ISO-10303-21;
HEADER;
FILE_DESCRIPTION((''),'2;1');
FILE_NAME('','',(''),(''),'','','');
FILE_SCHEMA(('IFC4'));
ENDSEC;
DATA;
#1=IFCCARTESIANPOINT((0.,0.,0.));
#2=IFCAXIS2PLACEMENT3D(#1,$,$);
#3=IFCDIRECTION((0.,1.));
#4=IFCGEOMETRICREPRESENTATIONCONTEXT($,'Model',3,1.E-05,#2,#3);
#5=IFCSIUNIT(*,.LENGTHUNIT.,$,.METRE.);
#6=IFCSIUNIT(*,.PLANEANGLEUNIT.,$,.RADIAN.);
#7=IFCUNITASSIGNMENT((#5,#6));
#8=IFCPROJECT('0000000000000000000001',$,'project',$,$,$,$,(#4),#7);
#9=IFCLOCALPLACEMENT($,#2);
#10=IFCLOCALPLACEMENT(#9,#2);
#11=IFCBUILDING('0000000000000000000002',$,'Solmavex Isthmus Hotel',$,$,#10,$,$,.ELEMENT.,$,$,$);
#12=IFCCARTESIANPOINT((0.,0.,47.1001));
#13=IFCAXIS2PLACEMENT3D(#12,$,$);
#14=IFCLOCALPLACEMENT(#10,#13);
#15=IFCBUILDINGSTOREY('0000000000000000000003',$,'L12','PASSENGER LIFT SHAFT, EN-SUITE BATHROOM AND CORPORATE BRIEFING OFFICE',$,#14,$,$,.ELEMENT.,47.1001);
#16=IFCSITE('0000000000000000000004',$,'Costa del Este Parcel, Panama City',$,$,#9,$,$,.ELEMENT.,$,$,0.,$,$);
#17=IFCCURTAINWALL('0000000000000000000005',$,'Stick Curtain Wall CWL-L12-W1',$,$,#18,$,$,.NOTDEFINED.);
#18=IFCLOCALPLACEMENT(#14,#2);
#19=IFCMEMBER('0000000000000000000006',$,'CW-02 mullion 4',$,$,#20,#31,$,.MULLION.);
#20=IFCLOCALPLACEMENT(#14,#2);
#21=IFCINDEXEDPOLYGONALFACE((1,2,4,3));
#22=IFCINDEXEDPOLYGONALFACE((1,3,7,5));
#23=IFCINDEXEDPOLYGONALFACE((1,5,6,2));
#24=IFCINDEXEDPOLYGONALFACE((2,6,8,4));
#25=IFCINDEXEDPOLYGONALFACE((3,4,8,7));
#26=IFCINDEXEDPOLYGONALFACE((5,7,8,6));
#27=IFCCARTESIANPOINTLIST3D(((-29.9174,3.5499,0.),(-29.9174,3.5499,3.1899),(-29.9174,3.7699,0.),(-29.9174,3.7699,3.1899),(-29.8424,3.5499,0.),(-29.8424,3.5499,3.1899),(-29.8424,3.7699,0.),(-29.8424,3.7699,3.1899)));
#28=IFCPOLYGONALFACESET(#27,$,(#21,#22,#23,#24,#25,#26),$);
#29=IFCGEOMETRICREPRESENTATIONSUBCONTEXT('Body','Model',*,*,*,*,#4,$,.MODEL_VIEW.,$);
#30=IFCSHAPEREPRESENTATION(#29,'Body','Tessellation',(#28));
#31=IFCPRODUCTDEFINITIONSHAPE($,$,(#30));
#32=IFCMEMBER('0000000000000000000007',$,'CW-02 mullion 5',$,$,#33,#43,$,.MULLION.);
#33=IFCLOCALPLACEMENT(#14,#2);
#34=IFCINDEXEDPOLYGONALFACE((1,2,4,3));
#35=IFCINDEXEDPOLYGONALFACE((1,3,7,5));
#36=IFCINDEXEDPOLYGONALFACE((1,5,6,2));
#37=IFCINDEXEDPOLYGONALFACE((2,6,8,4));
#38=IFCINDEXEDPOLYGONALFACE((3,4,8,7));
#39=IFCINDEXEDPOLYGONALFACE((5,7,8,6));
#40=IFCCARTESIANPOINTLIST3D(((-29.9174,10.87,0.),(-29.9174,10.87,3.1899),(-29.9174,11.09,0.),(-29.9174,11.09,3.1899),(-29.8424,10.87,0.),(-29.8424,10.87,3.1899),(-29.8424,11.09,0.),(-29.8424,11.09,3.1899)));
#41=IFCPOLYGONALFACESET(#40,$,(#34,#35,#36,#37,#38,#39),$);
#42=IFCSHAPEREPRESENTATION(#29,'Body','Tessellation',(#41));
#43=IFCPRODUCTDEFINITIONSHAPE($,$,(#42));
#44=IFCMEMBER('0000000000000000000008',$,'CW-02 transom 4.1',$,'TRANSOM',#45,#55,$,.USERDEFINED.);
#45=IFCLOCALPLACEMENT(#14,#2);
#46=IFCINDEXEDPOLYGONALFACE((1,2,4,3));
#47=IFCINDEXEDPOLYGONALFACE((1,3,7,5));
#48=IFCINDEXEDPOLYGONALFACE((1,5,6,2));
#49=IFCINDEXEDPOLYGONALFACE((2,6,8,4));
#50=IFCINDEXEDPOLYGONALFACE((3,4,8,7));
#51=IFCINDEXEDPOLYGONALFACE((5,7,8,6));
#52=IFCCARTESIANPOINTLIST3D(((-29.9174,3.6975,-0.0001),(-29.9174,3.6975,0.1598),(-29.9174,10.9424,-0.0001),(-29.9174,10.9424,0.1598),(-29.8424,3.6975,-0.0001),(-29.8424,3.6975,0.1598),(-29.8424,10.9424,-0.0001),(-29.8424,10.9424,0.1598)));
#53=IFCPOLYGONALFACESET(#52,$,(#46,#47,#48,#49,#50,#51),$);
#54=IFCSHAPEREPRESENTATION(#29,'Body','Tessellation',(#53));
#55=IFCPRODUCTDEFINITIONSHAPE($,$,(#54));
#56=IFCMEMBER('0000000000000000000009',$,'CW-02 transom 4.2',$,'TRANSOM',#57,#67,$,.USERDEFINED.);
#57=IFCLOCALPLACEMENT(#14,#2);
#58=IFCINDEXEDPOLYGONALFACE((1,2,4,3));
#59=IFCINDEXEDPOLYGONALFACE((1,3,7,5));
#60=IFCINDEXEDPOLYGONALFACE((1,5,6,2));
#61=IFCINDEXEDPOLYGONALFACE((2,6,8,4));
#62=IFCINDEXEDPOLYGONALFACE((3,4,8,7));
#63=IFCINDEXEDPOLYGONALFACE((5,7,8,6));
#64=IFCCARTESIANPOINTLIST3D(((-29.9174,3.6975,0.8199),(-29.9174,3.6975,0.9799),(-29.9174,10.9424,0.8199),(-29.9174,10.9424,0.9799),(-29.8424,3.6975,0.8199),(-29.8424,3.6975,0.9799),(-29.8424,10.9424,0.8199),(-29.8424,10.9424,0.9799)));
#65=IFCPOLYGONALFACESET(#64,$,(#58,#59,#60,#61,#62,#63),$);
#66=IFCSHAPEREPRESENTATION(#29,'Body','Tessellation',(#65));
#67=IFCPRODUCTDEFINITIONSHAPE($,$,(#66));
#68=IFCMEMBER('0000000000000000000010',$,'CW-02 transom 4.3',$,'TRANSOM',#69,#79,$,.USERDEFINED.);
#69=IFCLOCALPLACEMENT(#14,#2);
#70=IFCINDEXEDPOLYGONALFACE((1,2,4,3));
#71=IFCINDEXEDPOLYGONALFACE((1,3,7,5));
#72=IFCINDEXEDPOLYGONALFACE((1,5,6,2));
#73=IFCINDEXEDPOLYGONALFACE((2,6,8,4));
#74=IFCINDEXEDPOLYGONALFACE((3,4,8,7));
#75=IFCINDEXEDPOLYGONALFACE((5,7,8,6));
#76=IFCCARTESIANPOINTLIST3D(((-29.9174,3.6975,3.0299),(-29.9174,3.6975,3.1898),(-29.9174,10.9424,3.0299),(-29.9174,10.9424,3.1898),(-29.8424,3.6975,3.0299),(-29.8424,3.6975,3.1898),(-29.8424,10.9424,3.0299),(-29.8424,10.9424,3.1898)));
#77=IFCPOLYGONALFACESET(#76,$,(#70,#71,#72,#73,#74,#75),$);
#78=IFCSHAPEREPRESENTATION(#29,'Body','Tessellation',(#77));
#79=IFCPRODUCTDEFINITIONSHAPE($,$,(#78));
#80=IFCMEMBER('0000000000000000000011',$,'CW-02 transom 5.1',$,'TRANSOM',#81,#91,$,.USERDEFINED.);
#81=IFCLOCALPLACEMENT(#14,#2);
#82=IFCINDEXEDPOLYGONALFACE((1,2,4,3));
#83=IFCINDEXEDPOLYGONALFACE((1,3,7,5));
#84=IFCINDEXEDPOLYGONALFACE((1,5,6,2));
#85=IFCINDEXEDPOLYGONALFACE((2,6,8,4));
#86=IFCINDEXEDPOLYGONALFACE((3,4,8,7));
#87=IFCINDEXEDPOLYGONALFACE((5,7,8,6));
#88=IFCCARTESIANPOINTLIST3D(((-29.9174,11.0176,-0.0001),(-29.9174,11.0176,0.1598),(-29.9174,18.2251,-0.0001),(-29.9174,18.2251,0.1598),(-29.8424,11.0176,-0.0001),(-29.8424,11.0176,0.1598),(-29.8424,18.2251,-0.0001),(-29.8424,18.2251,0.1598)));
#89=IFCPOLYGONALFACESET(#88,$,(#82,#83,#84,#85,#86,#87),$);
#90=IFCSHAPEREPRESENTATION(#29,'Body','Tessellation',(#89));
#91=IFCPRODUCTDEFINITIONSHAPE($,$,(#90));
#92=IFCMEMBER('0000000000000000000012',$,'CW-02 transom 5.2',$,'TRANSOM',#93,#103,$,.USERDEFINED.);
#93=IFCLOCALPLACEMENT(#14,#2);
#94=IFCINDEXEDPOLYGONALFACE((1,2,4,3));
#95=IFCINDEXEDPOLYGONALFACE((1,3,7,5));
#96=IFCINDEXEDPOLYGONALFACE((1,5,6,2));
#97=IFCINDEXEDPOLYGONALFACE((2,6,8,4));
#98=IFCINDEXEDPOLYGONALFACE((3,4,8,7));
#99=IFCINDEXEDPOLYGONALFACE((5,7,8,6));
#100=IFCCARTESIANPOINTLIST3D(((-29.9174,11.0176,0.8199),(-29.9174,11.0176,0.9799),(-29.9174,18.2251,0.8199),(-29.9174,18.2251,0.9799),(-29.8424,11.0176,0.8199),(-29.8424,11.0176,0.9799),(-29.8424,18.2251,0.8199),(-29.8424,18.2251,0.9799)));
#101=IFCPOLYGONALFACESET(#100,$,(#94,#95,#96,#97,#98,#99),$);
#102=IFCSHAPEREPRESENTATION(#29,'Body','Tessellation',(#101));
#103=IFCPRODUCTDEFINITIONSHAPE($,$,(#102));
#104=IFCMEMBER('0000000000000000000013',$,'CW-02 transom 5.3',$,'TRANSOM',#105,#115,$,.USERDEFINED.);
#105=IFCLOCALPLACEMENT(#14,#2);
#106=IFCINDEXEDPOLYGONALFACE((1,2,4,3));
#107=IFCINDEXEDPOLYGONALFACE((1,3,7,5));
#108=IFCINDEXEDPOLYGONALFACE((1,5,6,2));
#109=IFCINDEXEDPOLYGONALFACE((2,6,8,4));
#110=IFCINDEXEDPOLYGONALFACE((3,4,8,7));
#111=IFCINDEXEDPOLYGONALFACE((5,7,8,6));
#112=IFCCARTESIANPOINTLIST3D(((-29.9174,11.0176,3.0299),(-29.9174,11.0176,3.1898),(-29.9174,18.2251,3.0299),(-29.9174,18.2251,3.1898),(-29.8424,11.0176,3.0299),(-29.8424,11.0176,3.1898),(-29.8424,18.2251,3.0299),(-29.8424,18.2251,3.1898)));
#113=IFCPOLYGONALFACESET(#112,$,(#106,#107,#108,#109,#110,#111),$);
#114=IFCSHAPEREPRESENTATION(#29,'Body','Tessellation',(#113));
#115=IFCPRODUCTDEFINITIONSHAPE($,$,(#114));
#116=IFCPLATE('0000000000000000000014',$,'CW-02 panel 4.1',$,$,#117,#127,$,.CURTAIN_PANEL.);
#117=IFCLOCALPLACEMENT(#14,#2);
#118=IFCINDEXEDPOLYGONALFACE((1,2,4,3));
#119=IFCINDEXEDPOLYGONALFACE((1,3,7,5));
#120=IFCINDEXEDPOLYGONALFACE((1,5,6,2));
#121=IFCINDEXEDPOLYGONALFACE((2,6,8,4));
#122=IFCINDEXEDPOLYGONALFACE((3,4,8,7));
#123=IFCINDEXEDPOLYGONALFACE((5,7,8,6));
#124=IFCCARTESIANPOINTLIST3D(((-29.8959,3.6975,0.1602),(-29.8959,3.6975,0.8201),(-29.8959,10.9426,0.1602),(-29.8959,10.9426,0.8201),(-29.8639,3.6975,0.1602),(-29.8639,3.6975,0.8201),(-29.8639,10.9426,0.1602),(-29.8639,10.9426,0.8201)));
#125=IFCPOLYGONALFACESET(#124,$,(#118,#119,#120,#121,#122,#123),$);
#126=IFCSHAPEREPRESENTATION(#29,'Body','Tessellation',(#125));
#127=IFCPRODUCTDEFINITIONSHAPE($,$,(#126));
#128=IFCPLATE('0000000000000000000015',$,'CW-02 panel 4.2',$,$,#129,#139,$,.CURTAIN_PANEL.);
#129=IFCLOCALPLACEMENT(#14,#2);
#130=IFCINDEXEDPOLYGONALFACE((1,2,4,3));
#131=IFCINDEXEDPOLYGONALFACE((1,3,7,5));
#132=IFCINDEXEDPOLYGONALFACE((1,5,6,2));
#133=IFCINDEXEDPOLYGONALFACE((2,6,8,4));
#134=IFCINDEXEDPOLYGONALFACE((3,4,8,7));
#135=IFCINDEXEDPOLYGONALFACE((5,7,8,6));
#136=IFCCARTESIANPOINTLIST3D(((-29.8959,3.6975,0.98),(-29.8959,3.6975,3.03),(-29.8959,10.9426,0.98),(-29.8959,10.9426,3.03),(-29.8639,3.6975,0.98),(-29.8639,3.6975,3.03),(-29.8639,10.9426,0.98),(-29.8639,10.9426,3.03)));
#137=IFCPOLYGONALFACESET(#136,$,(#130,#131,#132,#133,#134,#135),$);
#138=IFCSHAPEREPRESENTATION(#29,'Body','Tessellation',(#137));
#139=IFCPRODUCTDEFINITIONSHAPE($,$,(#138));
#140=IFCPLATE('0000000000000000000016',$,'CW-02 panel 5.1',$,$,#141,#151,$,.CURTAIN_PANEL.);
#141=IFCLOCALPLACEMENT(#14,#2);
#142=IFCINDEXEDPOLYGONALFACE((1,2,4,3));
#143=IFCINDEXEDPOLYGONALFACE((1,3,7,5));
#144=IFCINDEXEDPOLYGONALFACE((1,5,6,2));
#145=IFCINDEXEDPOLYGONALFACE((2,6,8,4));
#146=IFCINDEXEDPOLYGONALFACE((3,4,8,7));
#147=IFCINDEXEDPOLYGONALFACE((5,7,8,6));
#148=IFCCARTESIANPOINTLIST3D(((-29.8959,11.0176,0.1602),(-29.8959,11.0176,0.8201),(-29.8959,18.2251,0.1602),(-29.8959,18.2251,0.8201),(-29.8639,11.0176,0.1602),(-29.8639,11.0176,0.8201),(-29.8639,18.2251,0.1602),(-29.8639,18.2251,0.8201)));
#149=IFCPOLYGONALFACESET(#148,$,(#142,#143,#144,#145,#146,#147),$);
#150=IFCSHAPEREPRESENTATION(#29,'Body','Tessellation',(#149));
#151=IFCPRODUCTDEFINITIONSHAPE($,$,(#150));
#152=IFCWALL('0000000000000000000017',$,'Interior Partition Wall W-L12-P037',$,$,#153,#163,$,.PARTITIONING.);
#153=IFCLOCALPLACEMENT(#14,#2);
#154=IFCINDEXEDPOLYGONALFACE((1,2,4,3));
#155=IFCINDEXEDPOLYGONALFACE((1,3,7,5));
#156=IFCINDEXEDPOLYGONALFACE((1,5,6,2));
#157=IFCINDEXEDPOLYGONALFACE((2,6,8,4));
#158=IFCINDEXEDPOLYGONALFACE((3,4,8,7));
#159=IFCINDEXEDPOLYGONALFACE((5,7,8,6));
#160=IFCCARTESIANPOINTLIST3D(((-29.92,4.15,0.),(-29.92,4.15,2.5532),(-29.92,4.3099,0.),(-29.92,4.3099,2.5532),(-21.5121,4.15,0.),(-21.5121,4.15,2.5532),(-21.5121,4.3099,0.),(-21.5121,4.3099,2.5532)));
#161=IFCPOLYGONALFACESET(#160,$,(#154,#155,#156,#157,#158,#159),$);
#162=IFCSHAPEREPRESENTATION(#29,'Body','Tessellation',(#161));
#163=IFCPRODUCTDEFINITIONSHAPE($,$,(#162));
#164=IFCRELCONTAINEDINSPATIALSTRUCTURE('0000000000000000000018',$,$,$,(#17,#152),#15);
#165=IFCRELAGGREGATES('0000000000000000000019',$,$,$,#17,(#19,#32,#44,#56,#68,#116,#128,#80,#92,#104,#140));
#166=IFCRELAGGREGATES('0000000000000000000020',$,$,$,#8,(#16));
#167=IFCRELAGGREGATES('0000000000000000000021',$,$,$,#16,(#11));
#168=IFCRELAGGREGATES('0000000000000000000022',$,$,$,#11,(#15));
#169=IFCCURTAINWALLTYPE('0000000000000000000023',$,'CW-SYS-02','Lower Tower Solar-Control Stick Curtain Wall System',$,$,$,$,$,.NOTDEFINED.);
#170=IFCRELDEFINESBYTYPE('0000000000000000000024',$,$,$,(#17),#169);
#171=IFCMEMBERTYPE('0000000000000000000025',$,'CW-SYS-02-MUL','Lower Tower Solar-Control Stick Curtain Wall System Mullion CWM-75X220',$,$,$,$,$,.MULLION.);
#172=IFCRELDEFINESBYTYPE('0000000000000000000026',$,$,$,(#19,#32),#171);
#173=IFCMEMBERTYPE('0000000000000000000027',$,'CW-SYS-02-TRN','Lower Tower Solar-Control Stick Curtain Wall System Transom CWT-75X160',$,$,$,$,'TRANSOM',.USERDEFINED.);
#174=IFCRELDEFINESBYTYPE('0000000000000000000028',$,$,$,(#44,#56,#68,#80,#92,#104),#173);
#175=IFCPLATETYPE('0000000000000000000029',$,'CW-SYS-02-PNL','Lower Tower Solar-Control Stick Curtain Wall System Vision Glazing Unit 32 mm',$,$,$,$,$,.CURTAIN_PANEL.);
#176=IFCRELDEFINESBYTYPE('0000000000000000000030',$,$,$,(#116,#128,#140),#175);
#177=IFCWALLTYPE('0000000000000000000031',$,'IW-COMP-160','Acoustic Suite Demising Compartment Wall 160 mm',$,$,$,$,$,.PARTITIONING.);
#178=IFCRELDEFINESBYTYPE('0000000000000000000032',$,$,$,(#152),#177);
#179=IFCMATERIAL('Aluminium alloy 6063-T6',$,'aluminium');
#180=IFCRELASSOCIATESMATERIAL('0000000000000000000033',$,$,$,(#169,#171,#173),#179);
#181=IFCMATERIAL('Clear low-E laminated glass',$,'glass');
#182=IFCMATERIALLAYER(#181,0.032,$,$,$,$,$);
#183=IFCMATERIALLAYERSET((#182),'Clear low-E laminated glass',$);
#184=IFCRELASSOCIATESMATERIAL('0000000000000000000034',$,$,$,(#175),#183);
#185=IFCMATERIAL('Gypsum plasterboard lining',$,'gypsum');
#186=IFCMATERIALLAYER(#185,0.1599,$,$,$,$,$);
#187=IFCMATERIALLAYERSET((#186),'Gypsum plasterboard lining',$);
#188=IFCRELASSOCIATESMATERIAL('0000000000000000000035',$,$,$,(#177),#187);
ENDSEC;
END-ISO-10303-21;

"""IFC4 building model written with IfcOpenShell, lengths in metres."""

from ifc_helpers import new_model, si_unit, direction, frame, frame_2d, origin, origin_2d, place, context, subcontext, project, spatial, rectangle, extrude, material, layer, layer_set, material_profile, profile_set, type_object, element, aggregate, save


model = new_model("IFC4")

# Units and contexts
model_context = context("Model", 3, precision=1e-05, world=origin(), true_north=direction((0.0, 1.0)))
body_context = subcontext(model_context, "Body", "Model", "MODEL_VIEW")
ifc_project = project(units=[si_unit("LENGTHUNIT", "METRE"), si_unit("PLANEANGLEUNIT", "RADIAN")], contexts=[model_context])

# Site, building, storey
site_placement = place(None, origin())
site = spatial("IfcSite", under=ifc_project, at=site_placement, Name="Costa del Este Parcel, Panama City", CompositionType="ELEMENT", RefElevation=0.0)
building_placement = place(site_placement, origin())
building = spatial("IfcBuilding", under=site, at=building_placement, Name="Solmavex Isthmus Hotel", CompositionType="ELEMENT")
storey_placement = place(building_placement, frame((0.0, 0.0, 47.1001)))
storey = spatial("IfcBuildingStorey", under=building, at=storey_placement, Name="L12", Description="PASSENGER LIFT SHAFT, EN-SUITE BATHROOM AND CORPORATE BRIEFING OFFICE", CompositionType="ELEMENT", Elevation=47.1001)

# Curtain wall, members, plates
ifc_material_1 = material(Name="Aluminium alloy 6063-T6", Category="aluminium")
curtain_wall_type = type_object("IfcCurtainWallType", Name="CW-SYS-02", Description="Lower Tower Solar-Control Stick Curtain Wall System", PredefinedType="NOTDEFINED", material=ifc_material_1)
curtain_wall_placement = place(storey_placement, origin())
curtain_wall = element("IfcCurtainWall", 1, at=curtain_wall_placement, inside=storey, type_object=curtain_wall_type, Name="Stick Curtain Wall CWL-L12-W1", PredefinedType="NOTDEFINED")
ifc_material_profile_1 = material_profile(ifc_material_1, rectangle(XDim=0.075, YDim=0.22, at=origin_2d()), Name="CWM-75X220")
ifc_profile_set_1 = profile_set([ifc_material_profile_1], Name="Aluminium alloy 6063-T6")
member_type_1 = type_object("IfcMemberType", Name="CW-SYS-02-MUL", Description="Lower Tower Solar-Control Stick Curtain Wall System Mullion CWM-75X220", PredefinedType="MULLION", material=ifc_profile_set_1)
member_1_placement = place(storey_placement, frame((-29.8799, 3.6599, 0.0), z_axis=(0.0, 0.0, 1.0), x_axis=(-1.0, 0.0, 0.0)))
member_1 = element("IfcMember", 2, at=member_1_placement, type_object=member_type_1, Name="CW-02 mullion 4", PredefinedType="MULLION", context=body_context, shape_type="SweptSolid", body=[
    extrude(rectangle(XDim=0.075, YDim=0.22, at=origin_2d()), origin(), (0.0, 0.0, 1.0), 3.1899),
])
member_2_placement = place(storey_placement, frame((-29.8799, 10.98, 0.0), z_axis=(0.0, 0.0, 1.0), x_axis=(-1.0, 0.0, 0.0)))
member_2 = element("IfcMember", 3, at=member_2_placement, type_object=member_type_1, Name="CW-02 mullion 5", PredefinedType="MULLION", context=body_context, shape_type="SweptSolid", body=[
    extrude(rectangle(XDim=0.075, YDim=0.22, at=origin_2d()), origin(), (0.0, 0.0, 1.0), 3.1899),
])
ifc_material_profile_2 = material_profile(ifc_material_1, rectangle(XDim=0.075, YDim=0.1599, at=origin_2d()), Name="CWT-75X160")
ifc_profile_set_2 = profile_set([ifc_material_profile_2], Name="Aluminium alloy 6063-T6")
member_type_2 = type_object("IfcMemberType", Name="CW-SYS-02-TRN", Description="Lower Tower Solar-Control Stick Curtain Wall System Transom CWT-75X160", ElementType="TRANSOM", PredefinedType="USERDEFINED", material=ifc_profile_set_2)
member_3_placement = place(storey_placement, frame((-29.8799, 3.6975, 0.0798), z_axis=(0.0, 1.0, 0.0), x_axis=(-1.0, 0.0, 0.0)))
member_3 = element("IfcMember", 4, at=member_3_placement, type_object=member_type_2, Name="CW-02 transom 4.1", ObjectType="TRANSOM", PredefinedType="USERDEFINED", context=body_context, shape_type="SweptSolid", body=[
    extrude(rectangle(XDim=0.075, YDim=0.1599, at=origin_2d()), origin(), (0.0, 0.0, 1.0), 7.2449),
])
member_4_placement = place(storey_placement, frame((-29.8799, 3.6975, 0.8999), z_axis=(0.0, 1.0, 0.0), x_axis=(-1.0, 0.0, 0.0)))
member_4 = element("IfcMember", 5, at=member_4_placement, type_object=member_type_2, Name="CW-02 transom 4.2", ObjectType="TRANSOM", PredefinedType="USERDEFINED", context=body_context, shape_type="SweptSolid", body=[
    extrude(rectangle(XDim=0.075, YDim=0.1599, at=origin_2d()), origin(), (0.0, 0.0, 1.0), 7.2449),
])
member_5_placement = place(storey_placement, frame((-29.8799, 3.6975, 3.1099), z_axis=(0.0, 1.0, 0.0), x_axis=(-1.0, 0.0, 0.0)))
member_5 = element("IfcMember", 6, at=member_5_placement, type_object=member_type_2, Name="CW-02 transom 4.3", ObjectType="TRANSOM", PredefinedType="USERDEFINED", context=body_context, shape_type="SweptSolid", body=[
    extrude(rectangle(XDim=0.075, YDim=0.1599, at=origin_2d()), origin(), (0.0, 0.0, 1.0), 7.2449),
])
member_6_placement = place(storey_placement, frame((-29.8799, 11.0176, 0.0798), z_axis=(0.0, 1.0, 0.0), x_axis=(-1.0, 0.0, 0.0)))
member_6 = element("IfcMember", 7, at=member_6_placement, type_object=member_type_2, Name="CW-02 transom 5.1", ObjectType="TRANSOM", PredefinedType="USERDEFINED", context=body_context, shape_type="SweptSolid", body=[
    extrude(rectangle(XDim=0.075, YDim=0.1599, at=origin_2d()), origin(), (0.0, 0.0, 1.0), 7.2075),
])
member_7_placement = place(storey_placement, frame((-29.8799, 11.0176, 0.8999), z_axis=(0.0, 1.0, 0.0), x_axis=(-1.0, 0.0, 0.0)))
member_7 = element("IfcMember", 8, at=member_7_placement, type_object=member_type_2, Name="CW-02 transom 5.2", ObjectType="TRANSOM", PredefinedType="USERDEFINED", context=body_context, shape_type="SweptSolid", body=[
    extrude(rectangle(XDim=0.075, YDim=0.1599, at=origin_2d()), origin(), (0.0, 0.0, 1.0), 7.2075),
])
member_8_placement = place(storey_placement, frame((-29.8799, 11.0176, 3.1099), z_axis=(0.0, 1.0, 0.0), x_axis=(-1.0, 0.0, 0.0)))
member_8 = element("IfcMember", 9, at=member_8_placement, type_object=member_type_2, Name="CW-02 transom 5.3", ObjectType="TRANSOM", PredefinedType="USERDEFINED", context=body_context, shape_type="SweptSolid", body=[
    extrude(rectangle(XDim=0.075, YDim=0.1599, at=origin_2d()), origin(), (0.0, 0.0, 1.0), 7.2075),
])
ifc_material_2 = material(Name="Clear low-E laminated glass", Category="glass")
ifc_layer_1 = layer(ifc_material_2, 0.032)
ifc_layer_set_1 = layer_set([ifc_layer_1], Name="Clear low-E laminated glass")
plate_type = type_object("IfcPlateType", Name="CW-SYS-02-PNL", Description="Lower Tower Solar-Control Stick Curtain Wall System Vision Glazing Unit 32 mm", PredefinedType="CURTAIN_PANEL", material=ifc_layer_set_1)
plate_1_placement = place(storey_placement, frame((-29.8799, 7.3201, 0.1602), z_axis=(0.0, 0.0, 1.0), x_axis=(0.0, 1.0, 0.0)))
plate_1 = element("IfcPlate", 10, at=plate_1_placement, type_object=plate_type, Name="CW-02 panel 4.1", PredefinedType="CURTAIN_PANEL", context=body_context, shape_type="SweptSolid", body=[
    extrude(rectangle(XDim=7.2451, YDim=0.032, at=origin_2d()), origin(), (0.0, 0.0, 1.0), 0.6599),
])
plate_2_placement = place(storey_placement, frame((-29.8799, 7.3201, 0.98), z_axis=(0.0, 0.0, 1.0), x_axis=(0.0, 1.0, 0.0)))
plate_2 = element("IfcPlate", 11, at=plate_2_placement, type_object=plate_type, Name="CW-02 panel 4.2", PredefinedType="CURTAIN_PANEL", context=body_context, shape_type="SweptSolid", body=[
    extrude(rectangle(XDim=7.2451, YDim=0.032, at=origin_2d()), origin(), (0.0, 0.0, 1.0), 2.05),
])
plate_3_placement = place(storey_placement, frame((-29.8799, 14.6213, 0.1602), z_axis=(0.0, 0.0, 1.0), x_axis=(0.0, 1.0, 0.0)))
plate_3 = element("IfcPlate", 12, at=plate_3_placement, type_object=plate_type, Name="CW-02 panel 5.1", PredefinedType="CURTAIN_PANEL", context=body_context, shape_type="SweptSolid", body=[
    extrude(rectangle(XDim=7.2075, YDim=0.032, at=origin_2d()), origin(), (0.0, 0.0, 1.0), 0.6599),
])
aggregate(curtain_wall, [member_1, member_2, member_3, member_4, member_5, plate_1, plate_2, member_6, member_7, member_8, plate_3])

# Wall
ifc_material_3 = material(Name="Gypsum plasterboard lining", Category="gypsum")
ifc_layer_2 = layer(ifc_material_3, 0.1599)
ifc_layer_set_2 = layer_set([ifc_layer_2], Name="Gypsum plasterboard lining")
wall_type_1 = type_object("IfcWallType", Name="IW-COMP-160", Description="Acoustic Suite Demising Compartment Wall 160 mm", PredefinedType="PARTITIONING", material=ifc_layer_set_2)
wall_1_placement = place(storey_placement, frame((-21.512, 4.23, 0.0), z_axis=(0.0, 0.0, 1.0), x_axis=(-1.0, 0.0, 0.0)))
element("IfcWall", 13, at=wall_1_placement, inside=storey, type_object=wall_type_1, Name="Interior Partition Wall W-L12-P037", PredefinedType="PARTITIONING", context=body_context, shape_type="SweptSolid", body=[
    extrude(rectangle(XDim=8.408, YDim=0.1599, at=frame_2d((4.2041, 0.0))), origin(), (0.0, 0.0, 1.0), 2.5532),
])

save(model, "model.ifc")
